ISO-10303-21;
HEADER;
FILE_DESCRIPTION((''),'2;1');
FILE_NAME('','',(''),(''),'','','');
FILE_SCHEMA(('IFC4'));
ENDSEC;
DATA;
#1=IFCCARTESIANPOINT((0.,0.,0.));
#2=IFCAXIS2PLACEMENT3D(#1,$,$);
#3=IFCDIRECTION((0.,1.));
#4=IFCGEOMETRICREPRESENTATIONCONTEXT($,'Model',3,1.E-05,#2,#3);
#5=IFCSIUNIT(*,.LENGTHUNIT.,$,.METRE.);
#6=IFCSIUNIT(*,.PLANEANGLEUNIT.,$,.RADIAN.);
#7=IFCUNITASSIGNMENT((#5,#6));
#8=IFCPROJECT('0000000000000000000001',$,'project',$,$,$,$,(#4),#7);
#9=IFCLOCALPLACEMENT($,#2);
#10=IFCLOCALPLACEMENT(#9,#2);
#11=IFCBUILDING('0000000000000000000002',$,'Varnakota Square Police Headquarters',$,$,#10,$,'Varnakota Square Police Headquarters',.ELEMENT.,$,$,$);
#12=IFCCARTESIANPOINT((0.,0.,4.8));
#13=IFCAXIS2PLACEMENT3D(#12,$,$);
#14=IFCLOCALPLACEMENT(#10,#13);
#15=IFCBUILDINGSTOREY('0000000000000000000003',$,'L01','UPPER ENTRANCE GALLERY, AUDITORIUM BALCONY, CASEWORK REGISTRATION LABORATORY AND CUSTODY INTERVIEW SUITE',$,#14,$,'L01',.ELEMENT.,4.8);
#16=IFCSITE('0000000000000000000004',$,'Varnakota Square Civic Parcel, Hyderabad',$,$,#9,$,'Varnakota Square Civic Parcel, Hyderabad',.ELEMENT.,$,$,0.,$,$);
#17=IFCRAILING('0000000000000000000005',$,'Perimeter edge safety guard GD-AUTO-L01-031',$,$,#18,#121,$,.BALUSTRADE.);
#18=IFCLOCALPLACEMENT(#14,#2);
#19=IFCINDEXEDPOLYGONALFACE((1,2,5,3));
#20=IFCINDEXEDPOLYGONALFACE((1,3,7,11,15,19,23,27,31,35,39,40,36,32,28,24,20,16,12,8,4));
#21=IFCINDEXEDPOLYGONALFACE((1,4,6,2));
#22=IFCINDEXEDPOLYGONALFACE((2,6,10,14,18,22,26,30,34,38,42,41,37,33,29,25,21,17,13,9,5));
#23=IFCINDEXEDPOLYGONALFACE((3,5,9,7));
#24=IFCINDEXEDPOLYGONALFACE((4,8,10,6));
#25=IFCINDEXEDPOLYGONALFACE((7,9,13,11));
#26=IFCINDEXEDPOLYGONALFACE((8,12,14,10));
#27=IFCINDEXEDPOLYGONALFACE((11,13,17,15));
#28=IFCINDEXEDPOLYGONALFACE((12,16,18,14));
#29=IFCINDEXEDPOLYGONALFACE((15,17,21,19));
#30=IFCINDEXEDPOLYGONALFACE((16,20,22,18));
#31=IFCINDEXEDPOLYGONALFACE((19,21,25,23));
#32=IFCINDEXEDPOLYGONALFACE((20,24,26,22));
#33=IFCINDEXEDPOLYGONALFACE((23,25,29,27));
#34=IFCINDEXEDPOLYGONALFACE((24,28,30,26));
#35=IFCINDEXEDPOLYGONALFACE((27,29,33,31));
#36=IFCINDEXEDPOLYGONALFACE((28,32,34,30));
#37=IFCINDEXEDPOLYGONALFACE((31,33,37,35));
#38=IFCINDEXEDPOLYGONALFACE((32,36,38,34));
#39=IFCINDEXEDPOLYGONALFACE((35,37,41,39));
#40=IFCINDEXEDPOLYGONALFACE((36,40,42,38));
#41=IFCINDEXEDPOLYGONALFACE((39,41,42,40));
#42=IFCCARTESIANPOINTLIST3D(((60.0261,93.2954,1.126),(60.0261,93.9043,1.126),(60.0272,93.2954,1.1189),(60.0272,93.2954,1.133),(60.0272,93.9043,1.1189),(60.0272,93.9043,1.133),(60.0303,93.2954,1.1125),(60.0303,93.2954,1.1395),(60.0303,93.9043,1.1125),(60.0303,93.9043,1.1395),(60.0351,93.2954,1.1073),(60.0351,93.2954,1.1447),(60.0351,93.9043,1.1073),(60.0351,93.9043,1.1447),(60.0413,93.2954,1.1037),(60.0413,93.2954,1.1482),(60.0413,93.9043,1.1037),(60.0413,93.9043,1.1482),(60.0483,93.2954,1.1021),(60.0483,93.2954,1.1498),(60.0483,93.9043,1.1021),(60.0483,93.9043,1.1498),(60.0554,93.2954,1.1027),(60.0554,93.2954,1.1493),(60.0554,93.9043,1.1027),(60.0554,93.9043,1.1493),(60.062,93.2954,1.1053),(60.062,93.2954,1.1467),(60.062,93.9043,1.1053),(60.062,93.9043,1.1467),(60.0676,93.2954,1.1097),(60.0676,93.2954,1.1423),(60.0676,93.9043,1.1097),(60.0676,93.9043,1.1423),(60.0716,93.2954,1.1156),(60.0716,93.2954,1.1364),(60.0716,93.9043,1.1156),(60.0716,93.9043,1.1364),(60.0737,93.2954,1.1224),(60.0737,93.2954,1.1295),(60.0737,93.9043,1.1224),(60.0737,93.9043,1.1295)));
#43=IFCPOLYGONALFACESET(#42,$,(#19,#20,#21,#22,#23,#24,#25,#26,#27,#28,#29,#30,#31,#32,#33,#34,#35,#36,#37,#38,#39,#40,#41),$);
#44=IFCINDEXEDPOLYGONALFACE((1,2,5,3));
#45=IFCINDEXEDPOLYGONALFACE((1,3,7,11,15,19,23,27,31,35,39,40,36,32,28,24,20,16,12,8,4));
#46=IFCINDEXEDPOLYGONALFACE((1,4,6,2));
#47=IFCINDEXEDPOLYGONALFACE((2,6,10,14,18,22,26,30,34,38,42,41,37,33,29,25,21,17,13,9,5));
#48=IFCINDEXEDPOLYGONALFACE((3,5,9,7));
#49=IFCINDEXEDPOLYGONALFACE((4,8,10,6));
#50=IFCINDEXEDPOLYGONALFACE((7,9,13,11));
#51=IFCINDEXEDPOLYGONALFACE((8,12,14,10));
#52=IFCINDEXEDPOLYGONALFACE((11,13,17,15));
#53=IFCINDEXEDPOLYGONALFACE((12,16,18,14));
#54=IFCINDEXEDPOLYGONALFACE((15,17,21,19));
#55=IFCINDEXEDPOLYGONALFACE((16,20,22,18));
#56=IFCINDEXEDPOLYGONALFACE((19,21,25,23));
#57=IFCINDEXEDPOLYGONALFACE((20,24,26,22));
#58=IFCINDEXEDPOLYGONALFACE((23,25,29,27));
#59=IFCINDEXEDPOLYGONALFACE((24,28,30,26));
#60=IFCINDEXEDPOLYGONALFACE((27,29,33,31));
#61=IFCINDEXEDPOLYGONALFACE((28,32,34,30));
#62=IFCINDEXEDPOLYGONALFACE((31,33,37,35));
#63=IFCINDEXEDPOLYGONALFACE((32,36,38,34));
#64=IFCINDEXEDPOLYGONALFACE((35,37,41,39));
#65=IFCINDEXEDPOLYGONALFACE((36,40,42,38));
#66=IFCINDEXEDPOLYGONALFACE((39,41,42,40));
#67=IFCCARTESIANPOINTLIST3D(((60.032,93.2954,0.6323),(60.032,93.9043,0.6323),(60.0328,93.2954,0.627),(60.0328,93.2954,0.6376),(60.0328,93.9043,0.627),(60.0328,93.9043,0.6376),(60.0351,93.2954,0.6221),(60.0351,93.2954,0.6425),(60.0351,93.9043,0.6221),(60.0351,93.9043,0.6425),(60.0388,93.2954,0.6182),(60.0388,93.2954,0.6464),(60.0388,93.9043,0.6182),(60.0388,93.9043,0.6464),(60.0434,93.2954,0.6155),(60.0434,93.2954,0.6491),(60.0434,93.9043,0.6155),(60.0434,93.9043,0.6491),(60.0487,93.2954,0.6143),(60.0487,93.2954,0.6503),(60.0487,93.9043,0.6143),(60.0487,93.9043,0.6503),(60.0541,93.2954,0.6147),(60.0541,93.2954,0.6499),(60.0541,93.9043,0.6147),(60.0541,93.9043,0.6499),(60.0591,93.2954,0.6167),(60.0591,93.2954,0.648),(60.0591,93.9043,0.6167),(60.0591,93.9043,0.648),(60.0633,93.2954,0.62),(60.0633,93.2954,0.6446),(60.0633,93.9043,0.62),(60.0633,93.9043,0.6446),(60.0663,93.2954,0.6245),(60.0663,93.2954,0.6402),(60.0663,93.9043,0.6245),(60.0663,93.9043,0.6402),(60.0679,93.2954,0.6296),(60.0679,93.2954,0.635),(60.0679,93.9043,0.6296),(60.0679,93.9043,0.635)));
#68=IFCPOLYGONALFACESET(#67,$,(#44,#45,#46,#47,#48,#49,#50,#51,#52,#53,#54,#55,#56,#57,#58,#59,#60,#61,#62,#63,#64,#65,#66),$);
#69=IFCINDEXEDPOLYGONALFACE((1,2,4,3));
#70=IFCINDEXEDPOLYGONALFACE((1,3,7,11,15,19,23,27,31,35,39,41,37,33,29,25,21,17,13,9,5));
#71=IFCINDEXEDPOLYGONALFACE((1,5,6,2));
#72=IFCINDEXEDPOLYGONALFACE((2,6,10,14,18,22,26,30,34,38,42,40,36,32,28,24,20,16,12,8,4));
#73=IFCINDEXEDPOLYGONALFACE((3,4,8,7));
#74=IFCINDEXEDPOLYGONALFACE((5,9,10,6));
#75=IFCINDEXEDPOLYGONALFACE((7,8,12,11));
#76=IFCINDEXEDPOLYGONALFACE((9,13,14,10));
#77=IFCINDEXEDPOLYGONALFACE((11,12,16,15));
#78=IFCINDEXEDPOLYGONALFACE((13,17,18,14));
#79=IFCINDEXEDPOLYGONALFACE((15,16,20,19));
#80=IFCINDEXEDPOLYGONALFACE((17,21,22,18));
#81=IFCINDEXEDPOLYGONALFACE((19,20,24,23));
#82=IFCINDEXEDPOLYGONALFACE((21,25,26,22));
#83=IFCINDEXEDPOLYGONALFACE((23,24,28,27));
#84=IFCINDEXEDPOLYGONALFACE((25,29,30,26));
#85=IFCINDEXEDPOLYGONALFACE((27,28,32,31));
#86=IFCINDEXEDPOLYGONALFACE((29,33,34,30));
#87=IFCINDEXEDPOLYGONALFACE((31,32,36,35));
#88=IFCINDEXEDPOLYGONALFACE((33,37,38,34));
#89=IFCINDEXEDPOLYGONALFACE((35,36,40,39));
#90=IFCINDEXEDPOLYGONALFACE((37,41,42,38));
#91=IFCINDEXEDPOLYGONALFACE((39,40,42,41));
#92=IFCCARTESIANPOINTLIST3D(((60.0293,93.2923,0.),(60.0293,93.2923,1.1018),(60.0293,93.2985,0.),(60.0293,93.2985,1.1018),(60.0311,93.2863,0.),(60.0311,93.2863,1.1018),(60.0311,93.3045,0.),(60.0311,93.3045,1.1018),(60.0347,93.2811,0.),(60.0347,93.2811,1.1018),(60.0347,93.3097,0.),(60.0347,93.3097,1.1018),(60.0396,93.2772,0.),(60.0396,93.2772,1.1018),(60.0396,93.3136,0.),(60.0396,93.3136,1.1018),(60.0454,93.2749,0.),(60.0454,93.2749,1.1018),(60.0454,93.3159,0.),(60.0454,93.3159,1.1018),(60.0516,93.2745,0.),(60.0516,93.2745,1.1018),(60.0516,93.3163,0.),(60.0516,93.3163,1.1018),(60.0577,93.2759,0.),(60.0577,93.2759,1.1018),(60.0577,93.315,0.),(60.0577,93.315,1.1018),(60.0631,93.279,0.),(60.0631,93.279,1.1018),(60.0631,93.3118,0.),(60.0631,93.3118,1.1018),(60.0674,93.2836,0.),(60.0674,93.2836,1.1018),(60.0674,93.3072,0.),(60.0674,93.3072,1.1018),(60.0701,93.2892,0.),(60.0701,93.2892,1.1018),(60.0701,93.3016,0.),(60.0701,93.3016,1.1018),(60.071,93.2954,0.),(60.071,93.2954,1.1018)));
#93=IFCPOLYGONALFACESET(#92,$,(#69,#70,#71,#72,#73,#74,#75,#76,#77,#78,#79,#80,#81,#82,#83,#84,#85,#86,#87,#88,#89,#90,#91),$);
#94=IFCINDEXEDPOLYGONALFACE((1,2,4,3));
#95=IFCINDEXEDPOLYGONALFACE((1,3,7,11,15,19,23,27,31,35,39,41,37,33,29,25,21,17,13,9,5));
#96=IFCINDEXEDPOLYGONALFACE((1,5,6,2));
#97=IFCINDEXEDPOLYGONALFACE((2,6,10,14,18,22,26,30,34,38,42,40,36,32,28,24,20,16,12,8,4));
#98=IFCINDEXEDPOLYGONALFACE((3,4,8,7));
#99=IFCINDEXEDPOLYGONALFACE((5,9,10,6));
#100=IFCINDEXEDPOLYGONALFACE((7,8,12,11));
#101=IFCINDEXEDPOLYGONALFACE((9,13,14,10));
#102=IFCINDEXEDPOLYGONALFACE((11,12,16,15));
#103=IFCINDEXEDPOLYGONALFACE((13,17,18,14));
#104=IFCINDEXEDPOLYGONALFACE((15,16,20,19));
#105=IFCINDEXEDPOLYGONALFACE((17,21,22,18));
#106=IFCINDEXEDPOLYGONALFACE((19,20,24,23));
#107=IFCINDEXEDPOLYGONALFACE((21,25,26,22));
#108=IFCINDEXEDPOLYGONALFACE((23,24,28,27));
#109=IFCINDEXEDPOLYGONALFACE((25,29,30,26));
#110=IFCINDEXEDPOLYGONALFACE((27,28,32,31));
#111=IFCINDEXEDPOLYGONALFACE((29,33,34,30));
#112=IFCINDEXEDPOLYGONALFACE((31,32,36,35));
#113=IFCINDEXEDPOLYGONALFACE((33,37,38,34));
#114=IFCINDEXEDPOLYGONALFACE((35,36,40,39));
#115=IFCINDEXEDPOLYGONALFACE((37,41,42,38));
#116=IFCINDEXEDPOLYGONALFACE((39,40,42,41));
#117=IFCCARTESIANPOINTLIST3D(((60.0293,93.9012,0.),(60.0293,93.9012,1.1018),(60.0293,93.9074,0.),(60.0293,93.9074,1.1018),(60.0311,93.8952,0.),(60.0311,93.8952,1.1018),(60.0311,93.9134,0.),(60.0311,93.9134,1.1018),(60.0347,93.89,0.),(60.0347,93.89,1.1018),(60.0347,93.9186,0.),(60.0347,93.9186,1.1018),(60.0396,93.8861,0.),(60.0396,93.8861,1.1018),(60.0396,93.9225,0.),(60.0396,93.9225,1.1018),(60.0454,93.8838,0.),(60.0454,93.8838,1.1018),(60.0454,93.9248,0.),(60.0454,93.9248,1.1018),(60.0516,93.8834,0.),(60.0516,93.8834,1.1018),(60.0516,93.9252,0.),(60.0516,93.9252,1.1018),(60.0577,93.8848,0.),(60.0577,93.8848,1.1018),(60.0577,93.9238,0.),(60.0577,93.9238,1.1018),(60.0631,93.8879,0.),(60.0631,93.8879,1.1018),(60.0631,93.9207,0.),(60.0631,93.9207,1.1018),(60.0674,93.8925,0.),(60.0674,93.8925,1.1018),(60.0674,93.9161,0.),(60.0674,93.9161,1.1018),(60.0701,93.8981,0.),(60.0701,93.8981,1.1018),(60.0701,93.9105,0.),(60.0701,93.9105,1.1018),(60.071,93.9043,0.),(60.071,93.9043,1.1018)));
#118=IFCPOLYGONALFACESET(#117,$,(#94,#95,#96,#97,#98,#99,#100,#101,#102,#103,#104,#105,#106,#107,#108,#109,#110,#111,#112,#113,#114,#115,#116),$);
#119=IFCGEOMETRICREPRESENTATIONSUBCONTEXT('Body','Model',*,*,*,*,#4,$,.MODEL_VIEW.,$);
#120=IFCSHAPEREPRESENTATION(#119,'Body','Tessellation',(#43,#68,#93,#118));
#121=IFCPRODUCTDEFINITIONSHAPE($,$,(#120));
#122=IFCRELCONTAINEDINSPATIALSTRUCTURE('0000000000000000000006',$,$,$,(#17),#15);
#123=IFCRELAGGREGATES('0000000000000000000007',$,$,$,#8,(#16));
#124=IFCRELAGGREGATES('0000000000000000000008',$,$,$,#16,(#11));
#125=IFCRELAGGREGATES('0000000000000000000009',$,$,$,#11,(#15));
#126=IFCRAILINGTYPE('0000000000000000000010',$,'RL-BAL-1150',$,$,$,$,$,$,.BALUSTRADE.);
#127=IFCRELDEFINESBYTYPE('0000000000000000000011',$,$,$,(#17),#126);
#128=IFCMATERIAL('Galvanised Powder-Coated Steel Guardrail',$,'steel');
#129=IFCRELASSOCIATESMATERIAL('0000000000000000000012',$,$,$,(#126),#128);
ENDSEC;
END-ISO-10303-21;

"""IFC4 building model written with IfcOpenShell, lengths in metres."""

from ifc_helpers import new_model, si_unit, direction, frame, origin, origin_2d, place, context, subcontext, project, spatial, circle, extrude, material, type_object, element, save


model = new_model("IFC4")

# Units and contexts
model_context = context("Model", 3, precision=1e-05, world=origin(), true_north=direction((0.0, 1.0)))
body_context = subcontext(model_context, "Body", "Model", "MODEL_VIEW")
ifc_project = project(units=[si_unit("LENGTHUNIT", "METRE"), si_unit("PLANEANGLEUNIT", "RADIAN")], contexts=[model_context])

# Site, building, storey
site_placement = place(None, origin())
site = spatial("IfcSite", under=ifc_project, at=site_placement, Name="Varnakota Square Civic Parcel, Hyderabad", LongName="Varnakota Square Civic Parcel, Hyderabad", CompositionType="ELEMENT", RefElevation=0.0)
building_placement = place(site_placement, origin())
building = spatial("IfcBuilding", under=site, at=building_placement, Name="Varnakota Square Police Headquarters", LongName="Varnakota Square Police Headquarters", CompositionType="ELEMENT")
storey_placement = place(building_placement, frame((0.0, 0.0, 4.8)))
storey = spatial("IfcBuildingStorey", under=building, at=storey_placement, Name="L01", Description="UPPER ENTRANCE GALLERY, AUDITORIUM BALCONY, CASEWORK REGISTRATION LABORATORY AND CUSTODY INTERVIEW SUITE", LongName="L01", CompositionType="ELEMENT", Elevation=4.8)

# Railing
ifc_material_1 = material(Name="Galvanised Powder-Coated Steel Guardrail", Category="steel")
railing_type = type_object("IfcRailingType", Name="RL-BAL-1150", PredefinedType="BALUSTRADE", material=ifc_material_1)
railing_1_placement = place(storey_placement, frame((60.05, 93.2954, 0.0)))
element("IfcRailing", 1, at=railing_1_placement, inside=storey, type_object=railing_type, Name="Perimeter edge safety guard GD-AUTO-L01-031", PredefinedType="BALUSTRADE", context=body_context, shape_type="SweptSolid", body=[
    extrude(circle(Radius=0.0239, at=origin_2d()), frame((0.0, 0.0, 1.126), z_axis=(0.0, 1.0, 0.0), x_axis=(-1.0, 0.0, 0.0)), (0.0, 0.0, 1.0), 0.6089),
    extrude(circle(Radius=0.0181, at=origin_2d()), frame((0.0, 0.0, 0.6323), z_axis=(0.0, 1.0, 0.0), x_axis=(-1.0, 0.0, 0.0)), (0.0, 0.0, 1.0), 0.6089),
    extrude(circle(Radius=0.021, at=origin_2d()), origin(), (0.0, 0.0, 1.0), 1.1018),
    extrude(circle(Radius=0.021, at=origin_2d()), frame((0.0, 0.6089, 0.0)), (0.0, 0.0, 1.0), 1.1018),
])

save(model, "model.ifc")
